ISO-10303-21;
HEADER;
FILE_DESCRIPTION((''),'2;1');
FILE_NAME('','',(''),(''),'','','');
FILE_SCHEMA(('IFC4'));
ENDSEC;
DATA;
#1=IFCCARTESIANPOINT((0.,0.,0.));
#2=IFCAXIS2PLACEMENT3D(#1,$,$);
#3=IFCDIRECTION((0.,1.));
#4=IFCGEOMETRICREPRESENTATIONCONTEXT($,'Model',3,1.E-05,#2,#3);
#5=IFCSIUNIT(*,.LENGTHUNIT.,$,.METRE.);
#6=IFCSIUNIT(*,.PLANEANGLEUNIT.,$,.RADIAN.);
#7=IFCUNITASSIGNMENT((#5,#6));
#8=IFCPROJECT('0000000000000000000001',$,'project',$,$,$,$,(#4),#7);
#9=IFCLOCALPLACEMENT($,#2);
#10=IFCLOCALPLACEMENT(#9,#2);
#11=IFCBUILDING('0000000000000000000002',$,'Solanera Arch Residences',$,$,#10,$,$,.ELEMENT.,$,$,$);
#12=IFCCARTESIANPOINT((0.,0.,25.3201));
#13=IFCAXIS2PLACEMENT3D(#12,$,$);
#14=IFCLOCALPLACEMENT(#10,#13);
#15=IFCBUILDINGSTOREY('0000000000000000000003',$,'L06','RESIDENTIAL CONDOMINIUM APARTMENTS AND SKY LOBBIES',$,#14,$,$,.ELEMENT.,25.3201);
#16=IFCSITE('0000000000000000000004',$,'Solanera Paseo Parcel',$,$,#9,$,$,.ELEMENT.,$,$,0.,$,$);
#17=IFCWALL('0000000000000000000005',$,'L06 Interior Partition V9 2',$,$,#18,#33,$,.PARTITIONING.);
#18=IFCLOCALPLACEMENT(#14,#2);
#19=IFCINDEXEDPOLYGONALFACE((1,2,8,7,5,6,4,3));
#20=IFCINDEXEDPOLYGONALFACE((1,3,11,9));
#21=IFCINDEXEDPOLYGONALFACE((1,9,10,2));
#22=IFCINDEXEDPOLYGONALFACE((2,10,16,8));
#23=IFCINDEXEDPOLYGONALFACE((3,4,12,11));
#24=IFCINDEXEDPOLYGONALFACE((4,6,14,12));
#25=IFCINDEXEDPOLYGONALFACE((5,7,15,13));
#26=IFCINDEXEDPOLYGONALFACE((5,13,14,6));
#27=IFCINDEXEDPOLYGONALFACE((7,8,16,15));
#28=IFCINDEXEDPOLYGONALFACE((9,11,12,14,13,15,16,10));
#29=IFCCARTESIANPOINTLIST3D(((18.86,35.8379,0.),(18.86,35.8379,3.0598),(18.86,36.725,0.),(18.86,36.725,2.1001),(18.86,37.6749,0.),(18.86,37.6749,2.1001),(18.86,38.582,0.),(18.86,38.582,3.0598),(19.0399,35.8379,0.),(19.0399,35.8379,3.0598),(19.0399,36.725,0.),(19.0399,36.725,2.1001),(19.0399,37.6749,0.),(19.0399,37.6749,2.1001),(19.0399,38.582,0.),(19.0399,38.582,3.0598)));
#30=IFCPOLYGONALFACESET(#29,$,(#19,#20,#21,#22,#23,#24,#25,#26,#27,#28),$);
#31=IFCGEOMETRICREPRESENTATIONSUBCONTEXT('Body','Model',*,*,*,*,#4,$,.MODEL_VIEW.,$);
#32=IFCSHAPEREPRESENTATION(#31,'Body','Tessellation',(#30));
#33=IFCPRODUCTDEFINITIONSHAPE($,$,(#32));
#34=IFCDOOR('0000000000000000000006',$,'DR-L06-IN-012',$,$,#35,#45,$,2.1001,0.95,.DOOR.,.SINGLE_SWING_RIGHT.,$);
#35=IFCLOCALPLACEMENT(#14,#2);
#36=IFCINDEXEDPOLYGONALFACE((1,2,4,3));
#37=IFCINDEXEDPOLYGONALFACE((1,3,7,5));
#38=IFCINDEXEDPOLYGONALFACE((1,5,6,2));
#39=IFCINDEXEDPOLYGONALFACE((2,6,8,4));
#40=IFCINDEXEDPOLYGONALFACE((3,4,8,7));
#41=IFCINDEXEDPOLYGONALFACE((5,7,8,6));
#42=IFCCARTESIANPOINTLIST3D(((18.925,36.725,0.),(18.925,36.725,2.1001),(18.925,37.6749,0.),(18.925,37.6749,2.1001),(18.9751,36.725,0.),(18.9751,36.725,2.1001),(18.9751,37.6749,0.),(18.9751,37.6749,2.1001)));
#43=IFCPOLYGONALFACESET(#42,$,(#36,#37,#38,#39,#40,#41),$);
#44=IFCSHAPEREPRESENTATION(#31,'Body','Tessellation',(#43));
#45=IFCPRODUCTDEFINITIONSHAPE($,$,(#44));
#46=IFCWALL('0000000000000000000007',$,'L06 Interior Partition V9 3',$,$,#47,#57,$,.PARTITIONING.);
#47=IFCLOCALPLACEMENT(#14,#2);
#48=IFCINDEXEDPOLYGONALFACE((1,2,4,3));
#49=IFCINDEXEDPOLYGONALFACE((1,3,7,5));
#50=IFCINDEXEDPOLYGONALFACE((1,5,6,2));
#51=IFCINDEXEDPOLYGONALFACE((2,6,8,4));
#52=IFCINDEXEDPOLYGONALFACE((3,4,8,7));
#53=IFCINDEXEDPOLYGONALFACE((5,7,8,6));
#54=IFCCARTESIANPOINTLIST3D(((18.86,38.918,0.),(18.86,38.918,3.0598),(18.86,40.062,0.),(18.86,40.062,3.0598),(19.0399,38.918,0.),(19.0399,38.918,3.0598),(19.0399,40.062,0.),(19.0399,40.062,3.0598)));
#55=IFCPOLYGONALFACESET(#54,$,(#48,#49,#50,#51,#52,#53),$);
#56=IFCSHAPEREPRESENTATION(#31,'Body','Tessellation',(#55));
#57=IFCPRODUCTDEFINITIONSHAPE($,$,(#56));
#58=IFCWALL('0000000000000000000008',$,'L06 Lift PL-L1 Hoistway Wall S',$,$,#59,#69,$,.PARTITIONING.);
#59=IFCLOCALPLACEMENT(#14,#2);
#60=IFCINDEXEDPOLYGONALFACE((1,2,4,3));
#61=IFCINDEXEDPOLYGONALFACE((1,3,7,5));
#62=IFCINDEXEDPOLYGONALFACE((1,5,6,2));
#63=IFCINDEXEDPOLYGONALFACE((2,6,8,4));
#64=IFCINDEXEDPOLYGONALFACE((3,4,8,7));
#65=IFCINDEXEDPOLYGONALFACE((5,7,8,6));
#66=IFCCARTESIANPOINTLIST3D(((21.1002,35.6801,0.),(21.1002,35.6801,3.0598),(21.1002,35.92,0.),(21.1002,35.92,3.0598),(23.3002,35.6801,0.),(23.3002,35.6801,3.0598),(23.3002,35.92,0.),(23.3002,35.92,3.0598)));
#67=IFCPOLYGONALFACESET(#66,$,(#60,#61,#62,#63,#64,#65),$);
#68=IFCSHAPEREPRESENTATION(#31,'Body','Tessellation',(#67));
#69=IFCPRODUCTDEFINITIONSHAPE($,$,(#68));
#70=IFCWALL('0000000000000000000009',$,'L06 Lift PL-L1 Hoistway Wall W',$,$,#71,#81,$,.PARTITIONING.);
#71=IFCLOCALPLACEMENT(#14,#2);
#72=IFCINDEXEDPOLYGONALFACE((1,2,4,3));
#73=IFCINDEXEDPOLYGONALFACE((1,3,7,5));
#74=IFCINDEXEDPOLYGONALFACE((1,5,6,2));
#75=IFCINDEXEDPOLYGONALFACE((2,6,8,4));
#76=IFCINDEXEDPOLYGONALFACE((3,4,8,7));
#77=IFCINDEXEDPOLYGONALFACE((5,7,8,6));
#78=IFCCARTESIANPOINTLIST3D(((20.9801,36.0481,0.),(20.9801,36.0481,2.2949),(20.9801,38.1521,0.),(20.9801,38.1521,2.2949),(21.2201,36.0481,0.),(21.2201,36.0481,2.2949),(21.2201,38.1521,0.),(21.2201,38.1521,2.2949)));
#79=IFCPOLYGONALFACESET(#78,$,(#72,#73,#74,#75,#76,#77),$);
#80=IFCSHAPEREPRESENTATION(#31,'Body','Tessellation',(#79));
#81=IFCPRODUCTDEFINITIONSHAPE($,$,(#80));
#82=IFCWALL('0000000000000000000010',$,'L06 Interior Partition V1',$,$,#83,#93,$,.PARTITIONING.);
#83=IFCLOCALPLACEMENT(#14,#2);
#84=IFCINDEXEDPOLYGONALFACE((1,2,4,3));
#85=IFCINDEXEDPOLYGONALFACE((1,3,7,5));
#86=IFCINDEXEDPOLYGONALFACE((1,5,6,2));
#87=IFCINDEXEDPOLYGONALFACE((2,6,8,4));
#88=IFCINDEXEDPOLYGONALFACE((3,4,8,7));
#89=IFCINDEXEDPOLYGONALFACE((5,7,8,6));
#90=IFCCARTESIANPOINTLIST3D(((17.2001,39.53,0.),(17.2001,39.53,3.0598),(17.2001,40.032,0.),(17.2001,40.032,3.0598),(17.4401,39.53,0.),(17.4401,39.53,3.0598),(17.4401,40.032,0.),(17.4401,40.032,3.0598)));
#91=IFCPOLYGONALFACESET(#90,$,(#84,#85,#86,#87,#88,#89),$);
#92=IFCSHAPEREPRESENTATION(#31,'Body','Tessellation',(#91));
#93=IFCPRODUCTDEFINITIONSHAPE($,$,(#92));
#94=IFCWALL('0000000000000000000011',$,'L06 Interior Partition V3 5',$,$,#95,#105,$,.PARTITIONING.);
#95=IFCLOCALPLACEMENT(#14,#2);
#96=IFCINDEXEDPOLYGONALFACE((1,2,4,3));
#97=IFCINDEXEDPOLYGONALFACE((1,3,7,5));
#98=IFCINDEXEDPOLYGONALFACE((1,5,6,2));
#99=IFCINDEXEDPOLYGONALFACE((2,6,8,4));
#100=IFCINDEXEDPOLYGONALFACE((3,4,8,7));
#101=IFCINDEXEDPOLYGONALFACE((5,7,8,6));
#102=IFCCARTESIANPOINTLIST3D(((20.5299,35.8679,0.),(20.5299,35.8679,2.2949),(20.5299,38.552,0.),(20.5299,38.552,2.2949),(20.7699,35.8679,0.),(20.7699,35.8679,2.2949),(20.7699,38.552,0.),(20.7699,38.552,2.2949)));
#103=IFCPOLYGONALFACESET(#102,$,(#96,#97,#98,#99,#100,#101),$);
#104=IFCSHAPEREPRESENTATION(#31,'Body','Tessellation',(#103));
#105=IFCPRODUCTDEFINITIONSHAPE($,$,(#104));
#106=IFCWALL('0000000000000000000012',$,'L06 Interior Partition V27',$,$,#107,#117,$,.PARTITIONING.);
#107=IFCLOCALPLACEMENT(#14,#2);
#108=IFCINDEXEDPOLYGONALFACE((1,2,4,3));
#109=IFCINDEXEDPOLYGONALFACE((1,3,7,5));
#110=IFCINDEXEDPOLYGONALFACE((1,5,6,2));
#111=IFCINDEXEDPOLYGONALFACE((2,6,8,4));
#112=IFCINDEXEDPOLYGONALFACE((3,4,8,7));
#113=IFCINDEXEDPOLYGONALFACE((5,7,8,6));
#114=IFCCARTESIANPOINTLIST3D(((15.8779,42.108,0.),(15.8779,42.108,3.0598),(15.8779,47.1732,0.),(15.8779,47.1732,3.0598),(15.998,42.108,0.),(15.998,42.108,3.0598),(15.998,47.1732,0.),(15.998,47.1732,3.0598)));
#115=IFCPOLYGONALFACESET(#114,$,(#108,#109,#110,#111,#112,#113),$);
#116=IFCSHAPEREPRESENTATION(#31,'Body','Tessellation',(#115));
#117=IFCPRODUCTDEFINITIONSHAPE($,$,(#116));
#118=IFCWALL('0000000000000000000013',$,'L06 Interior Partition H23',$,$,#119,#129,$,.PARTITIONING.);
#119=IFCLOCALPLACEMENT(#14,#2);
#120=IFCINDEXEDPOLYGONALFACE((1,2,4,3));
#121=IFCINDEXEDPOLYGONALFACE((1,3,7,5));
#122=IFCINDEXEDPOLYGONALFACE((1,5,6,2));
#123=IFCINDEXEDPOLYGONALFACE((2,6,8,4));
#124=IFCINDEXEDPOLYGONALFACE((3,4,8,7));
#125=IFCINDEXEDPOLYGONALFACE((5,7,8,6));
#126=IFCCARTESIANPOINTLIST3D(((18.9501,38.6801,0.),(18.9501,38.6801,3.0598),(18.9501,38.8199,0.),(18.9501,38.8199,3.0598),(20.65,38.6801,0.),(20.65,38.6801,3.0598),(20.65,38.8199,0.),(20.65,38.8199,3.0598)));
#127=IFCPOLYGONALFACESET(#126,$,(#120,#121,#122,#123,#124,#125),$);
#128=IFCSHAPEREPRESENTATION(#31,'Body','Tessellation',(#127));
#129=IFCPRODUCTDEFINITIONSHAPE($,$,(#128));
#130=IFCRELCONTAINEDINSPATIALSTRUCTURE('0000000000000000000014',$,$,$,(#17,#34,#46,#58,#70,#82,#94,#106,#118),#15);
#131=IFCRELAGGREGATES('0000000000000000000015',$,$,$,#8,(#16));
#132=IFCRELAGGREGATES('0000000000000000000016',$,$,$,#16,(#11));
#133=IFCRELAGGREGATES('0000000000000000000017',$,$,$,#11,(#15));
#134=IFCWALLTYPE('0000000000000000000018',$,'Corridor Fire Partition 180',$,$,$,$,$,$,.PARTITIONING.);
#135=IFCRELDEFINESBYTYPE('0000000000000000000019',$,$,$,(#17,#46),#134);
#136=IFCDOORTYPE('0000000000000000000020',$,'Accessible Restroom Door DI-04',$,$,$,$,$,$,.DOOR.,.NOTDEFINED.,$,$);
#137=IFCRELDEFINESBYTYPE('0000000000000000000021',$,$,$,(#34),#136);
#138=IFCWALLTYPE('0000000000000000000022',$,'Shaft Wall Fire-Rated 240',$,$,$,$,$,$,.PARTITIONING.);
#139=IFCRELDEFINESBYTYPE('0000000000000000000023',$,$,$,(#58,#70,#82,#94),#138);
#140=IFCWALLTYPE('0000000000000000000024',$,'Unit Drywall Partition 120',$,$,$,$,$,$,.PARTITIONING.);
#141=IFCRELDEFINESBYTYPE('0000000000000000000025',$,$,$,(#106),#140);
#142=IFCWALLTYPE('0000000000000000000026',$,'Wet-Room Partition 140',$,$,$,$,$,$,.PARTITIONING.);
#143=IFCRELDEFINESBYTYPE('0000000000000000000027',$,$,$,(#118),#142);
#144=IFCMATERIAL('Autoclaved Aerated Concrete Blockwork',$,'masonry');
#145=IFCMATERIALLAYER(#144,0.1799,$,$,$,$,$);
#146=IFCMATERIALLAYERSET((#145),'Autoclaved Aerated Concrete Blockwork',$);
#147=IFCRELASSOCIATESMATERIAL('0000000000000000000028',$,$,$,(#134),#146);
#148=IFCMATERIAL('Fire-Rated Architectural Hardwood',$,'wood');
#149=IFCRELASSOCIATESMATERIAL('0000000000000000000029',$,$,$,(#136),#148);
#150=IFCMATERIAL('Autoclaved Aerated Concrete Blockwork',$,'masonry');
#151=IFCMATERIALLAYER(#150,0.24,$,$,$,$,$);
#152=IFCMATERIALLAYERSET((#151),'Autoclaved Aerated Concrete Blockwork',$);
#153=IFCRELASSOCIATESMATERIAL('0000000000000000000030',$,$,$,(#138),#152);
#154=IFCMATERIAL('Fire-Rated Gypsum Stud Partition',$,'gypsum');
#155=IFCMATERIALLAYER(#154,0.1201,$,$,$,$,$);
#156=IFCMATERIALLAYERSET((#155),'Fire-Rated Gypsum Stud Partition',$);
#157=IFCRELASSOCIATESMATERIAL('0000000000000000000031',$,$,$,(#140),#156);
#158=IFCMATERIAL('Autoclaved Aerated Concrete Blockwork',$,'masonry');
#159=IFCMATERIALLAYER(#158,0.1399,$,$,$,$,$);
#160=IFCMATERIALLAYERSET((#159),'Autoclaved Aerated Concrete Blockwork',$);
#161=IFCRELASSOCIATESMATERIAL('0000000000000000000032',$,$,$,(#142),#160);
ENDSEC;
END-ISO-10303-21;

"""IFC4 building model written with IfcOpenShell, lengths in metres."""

from ifc_helpers import new_model, si_unit, direction, frame, frame_2d, origin, place, context, subcontext, project, spatial, rectangle, extrude, material, layer, layer_set, type_object, element, fill, save


model = new_model("IFC4")

# Units and contexts
model_context = context("Model", 3, precision=1e-05, world=origin(), true_north=direction((0.0, 1.0)))
body_context = subcontext(model_context, "Body", "Model", "MODEL_VIEW")
ifc_project = project(units=[si_unit("LENGTHUNIT", "METRE"), si_unit("PLANEANGLEUNIT", "RADIAN")], contexts=[model_context])

# Site, building, storey
site_placement = place(None, origin())
site = spatial("IfcSite", under=ifc_project, at=site_placement, Name="Solanera Paseo Parcel", CompositionType="ELEMENT", RefElevation=0.0)
building_placement = place(site_placement, origin())
building = spatial("IfcBuilding", under=site, at=building_placement, Name="Solanera Arch Residences", CompositionType="ELEMENT")
storey_placement = place(building_placement, frame((0.0, 0.0, 25.3201)))
storey = spatial("IfcBuildingStorey", under=building, at=storey_placement, Name="L06", Description="RESIDENTIAL CONDOMINIUM APARTMENTS AND SKY LOBBIES", CompositionType="ELEMENT", Elevation=25.3201)

# Wall, opening, door
ifc_material_1 = material(Name="Autoclaved Aerated Concrete Blockwork", Category="masonry")
ifc_layer_1 = layer(ifc_material_1, 0.1799)
ifc_layer_set_1 = layer_set([ifc_layer_1], Name="Autoclaved Aerated Concrete Blockwork")
wall_type_1 = type_object("IfcWallType", Name="Corridor Fire Partition 180", PredefinedType="PARTITIONING", material=ifc_layer_set_1)
wall_1_placement = place(storey_placement, frame((18.95, 35.8379, 0.0), z_axis=(0.0, 0.0, 1.0), x_axis=(0.0, 1.0, 0.0)))
wall_1 = element("IfcWall", 1, at=wall_1_placement, inside=storey, type_object=wall_type_1, Name="L06 Interior Partition V9 2", PredefinedType="PARTITIONING", context=body_context, shape_type="SweptSolid", body=[
    extrude(rectangle(XDim=2.7441, YDim=0.1799, at=frame_2d((1.3721, 0.0))), origin(), (0.0, 0.0, 1.0), 3.0598),
])
opening_placement = place(wall_1_placement, frame((0.887, 0.0, 0.0)))
opening = element("IfcOpeningElement", 2, at=opening_placement, cuts=wall_1, PredefinedType="OPENING", context=body_context, shape_type="SweptSolid", body=[
    extrude(rectangle(XDim=0.95, YDim=2.1001, at=frame_2d((0.4751, 1.05))), frame((0.0, 0.1001, 0.0), z_axis=(0.0, -1.0, 0.0), x_axis=(1.0, 0.0, 0.0)), (0.0, 0.0, 1.0), 0.1999),
])
ifc_material_2 = material(Name="Fire-Rated Architectural Hardwood", Category="wood")
door_type = type_object("IfcDoorType", Name="Accessible Restroom Door DI-04", OperationType="NOTDEFINED", PredefinedType="DOOR", material=ifc_material_2)
door_placement = place(opening_placement, origin())
door = element("IfcDoor", 3, at=door_placement, inside=storey, type_object=door_type, Name="DR-L06-IN-012", OperationType="SINGLE_SWING_RIGHT", OverallHeight=2.1001, OverallWidth=0.95, PredefinedType="DOOR", context=body_context, shape_type="SweptSolid", body=[
    extrude(rectangle(XDim=0.95, YDim=2.1001, at=frame_2d((0.4751, 1.05))), frame((0.0, 0.0249, 0.0), z_axis=(0.0, -1.0, 0.0), x_axis=(1.0, 0.0, 0.0)), (0.0, 0.0, 1.0), 0.05),
])
fill(opening, door)

# Walls
wall_2_placement = place(storey_placement, frame((18.95, 38.918, 0.0), z_axis=(0.0, 0.0, 1.0), x_axis=(0.0, 1.0, 0.0)))
element("IfcWall", 4, at=wall_2_placement, inside=storey, type_object=wall_type_1, Name="L06 Interior Partition V9 3", PredefinedType="PARTITIONING", context=body_context, shape_type="SweptSolid", body=[
    extrude(rectangle(XDim=1.144, YDim=0.1799, at=frame_2d((0.572, 0.0))), origin(), (0.0, 0.0, 1.0), 3.0598),
])
ifc_material_3 = material(Name="Autoclaved Aerated Concrete Blockwork", Category="masonry")
ifc_layer_2 = layer(ifc_material_3, 0.24)
ifc_layer_set_2 = layer_set([ifc_layer_2], Name="Autoclaved Aerated Concrete Blockwork")
wall_type_2 = type_object("IfcWallType", Name="Shaft Wall Fire-Rated 240", PredefinedType="PARTITIONING", material=ifc_layer_set_2)
wall_3_placement = place(storey_placement, frame((21.1001, 35.8, 0.0), z_axis=(0.0, 0.0, 1.0), x_axis=(1.0, 0.0, 0.0)))
element("IfcWall", 5, at=wall_3_placement, inside=storey, type_object=wall_type_2, Name="L06 Lift PL-L1 Hoistway Wall S", PredefinedType="PARTITIONING", context=body_context, shape_type="SweptSolid", body=[
    extrude(rectangle(XDim=2.2, YDim=0.24, at=frame_2d((1.1001, 0.0))), origin(), (0.0, 0.0, 1.0), 3.0598),
])
wall_4_placement = place(storey_placement, frame((21.1001, 36.0481, 0.0), z_axis=(0.0, 0.0, 1.0), x_axis=(0.0, 1.0, 0.0)))
element("IfcWall", 6, at=wall_4_placement, inside=storey, type_object=wall_type_2, Name="L06 Lift PL-L1 Hoistway Wall W", PredefinedType="PARTITIONING", context=body_context, shape_type="SweptSolid", body=[
    extrude(rectangle(XDim=2.104, YDim=0.24, at=frame_2d((1.052, 0.0))), origin(), (0.0, 0.0, 1.0), 2.2949),
])
wall_5_placement = place(storey_placement, frame((17.3201, 39.53, 0.0), z_axis=(0.0, 0.0, 1.0), x_axis=(0.0, 1.0, 0.0)))
element("IfcWall", 7, at=wall_5_placement, inside=storey, type_object=wall_type_2, Name="L06 Interior Partition V1", PredefinedType="PARTITIONING", context=body_context, shape_type="SweptSolid", body=[
    extrude(rectangle(XDim=0.502, YDim=0.24, at=frame_2d((0.251, 0.0))), origin(), (0.0, 0.0, 1.0), 3.0598),
])
wall_6_placement = place(storey_placement, frame((20.6499, 35.8679, 0.0), z_axis=(0.0, 0.0, 1.0), x_axis=(0.0, 1.0, 0.0)))
element("IfcWall", 8, at=wall_6_placement, inside=storey, type_object=wall_type_2, Name="L06 Interior Partition V3 5", PredefinedType="PARTITIONING", context=body_context, shape_type="SweptSolid", body=[
    extrude(rectangle(XDim=2.6841, YDim=0.24, at=frame_2d((1.342, 0.0))), origin(), (0.0, 0.0, 1.0), 2.2949),
])
ifc_material_4 = material(Name="Fire-Rated Gypsum Stud Partition", Category="gypsum")
ifc_layer_3 = layer(ifc_material_4, 0.1201)
ifc_layer_set_3 = layer_set([ifc_layer_3], Name="Fire-Rated Gypsum Stud Partition")
wall_type_3 = type_object("IfcWallType", Name="Unit Drywall Partition 120", PredefinedType="PARTITIONING", material=ifc_layer_set_3)
wall_7_placement = place(storey_placement, frame((15.938, 42.1079, 0.0), z_axis=(0.0, 0.0, 1.0), x_axis=(0.0, 1.0, 0.0)))
element("IfcWall", 9, at=wall_7_placement, inside=storey, type_object=wall_type_3, Name="L06 Interior Partition V27", PredefinedType="PARTITIONING", context=body_context, shape_type="SweptSolid", body=[
    extrude(rectangle(XDim=5.0652, YDim=0.1201, at=frame_2d((2.5327, 0.0))), origin(), (0.0, 0.0, 1.0), 3.0598),
])
ifc_material_5 = material(Name="Autoclaved Aerated Concrete Blockwork", Category="masonry")
ifc_layer_4 = layer(ifc_material_5, 0.1399)
ifc_layer_set_4 = layer_set([ifc_layer_4], Name="Autoclaved Aerated Concrete Blockwork")
wall_type_4 = type_object("IfcWallType", Name="Wet-Room Partition 140", PredefinedType="PARTITIONING", material=ifc_layer_set_4)
wall_8_placement = place(storey_placement, frame((18.95, 38.75, 0.0), z_axis=(0.0, 0.0, 1.0), x_axis=(1.0, 0.0, 0.0)))
element("IfcWall", 10, at=wall_8_placement, inside=storey, type_object=wall_type_4, Name="L06 Interior Partition H23", PredefinedType="PARTITIONING", context=body_context, shape_type="SweptSolid", body=[
    extrude(rectangle(XDim=1.7, YDim=0.1399, at=frame_2d((0.8501, 0.0))), origin(), (0.0, 0.0, 1.0), 3.0598),
])

save(model, "model.ifc")
